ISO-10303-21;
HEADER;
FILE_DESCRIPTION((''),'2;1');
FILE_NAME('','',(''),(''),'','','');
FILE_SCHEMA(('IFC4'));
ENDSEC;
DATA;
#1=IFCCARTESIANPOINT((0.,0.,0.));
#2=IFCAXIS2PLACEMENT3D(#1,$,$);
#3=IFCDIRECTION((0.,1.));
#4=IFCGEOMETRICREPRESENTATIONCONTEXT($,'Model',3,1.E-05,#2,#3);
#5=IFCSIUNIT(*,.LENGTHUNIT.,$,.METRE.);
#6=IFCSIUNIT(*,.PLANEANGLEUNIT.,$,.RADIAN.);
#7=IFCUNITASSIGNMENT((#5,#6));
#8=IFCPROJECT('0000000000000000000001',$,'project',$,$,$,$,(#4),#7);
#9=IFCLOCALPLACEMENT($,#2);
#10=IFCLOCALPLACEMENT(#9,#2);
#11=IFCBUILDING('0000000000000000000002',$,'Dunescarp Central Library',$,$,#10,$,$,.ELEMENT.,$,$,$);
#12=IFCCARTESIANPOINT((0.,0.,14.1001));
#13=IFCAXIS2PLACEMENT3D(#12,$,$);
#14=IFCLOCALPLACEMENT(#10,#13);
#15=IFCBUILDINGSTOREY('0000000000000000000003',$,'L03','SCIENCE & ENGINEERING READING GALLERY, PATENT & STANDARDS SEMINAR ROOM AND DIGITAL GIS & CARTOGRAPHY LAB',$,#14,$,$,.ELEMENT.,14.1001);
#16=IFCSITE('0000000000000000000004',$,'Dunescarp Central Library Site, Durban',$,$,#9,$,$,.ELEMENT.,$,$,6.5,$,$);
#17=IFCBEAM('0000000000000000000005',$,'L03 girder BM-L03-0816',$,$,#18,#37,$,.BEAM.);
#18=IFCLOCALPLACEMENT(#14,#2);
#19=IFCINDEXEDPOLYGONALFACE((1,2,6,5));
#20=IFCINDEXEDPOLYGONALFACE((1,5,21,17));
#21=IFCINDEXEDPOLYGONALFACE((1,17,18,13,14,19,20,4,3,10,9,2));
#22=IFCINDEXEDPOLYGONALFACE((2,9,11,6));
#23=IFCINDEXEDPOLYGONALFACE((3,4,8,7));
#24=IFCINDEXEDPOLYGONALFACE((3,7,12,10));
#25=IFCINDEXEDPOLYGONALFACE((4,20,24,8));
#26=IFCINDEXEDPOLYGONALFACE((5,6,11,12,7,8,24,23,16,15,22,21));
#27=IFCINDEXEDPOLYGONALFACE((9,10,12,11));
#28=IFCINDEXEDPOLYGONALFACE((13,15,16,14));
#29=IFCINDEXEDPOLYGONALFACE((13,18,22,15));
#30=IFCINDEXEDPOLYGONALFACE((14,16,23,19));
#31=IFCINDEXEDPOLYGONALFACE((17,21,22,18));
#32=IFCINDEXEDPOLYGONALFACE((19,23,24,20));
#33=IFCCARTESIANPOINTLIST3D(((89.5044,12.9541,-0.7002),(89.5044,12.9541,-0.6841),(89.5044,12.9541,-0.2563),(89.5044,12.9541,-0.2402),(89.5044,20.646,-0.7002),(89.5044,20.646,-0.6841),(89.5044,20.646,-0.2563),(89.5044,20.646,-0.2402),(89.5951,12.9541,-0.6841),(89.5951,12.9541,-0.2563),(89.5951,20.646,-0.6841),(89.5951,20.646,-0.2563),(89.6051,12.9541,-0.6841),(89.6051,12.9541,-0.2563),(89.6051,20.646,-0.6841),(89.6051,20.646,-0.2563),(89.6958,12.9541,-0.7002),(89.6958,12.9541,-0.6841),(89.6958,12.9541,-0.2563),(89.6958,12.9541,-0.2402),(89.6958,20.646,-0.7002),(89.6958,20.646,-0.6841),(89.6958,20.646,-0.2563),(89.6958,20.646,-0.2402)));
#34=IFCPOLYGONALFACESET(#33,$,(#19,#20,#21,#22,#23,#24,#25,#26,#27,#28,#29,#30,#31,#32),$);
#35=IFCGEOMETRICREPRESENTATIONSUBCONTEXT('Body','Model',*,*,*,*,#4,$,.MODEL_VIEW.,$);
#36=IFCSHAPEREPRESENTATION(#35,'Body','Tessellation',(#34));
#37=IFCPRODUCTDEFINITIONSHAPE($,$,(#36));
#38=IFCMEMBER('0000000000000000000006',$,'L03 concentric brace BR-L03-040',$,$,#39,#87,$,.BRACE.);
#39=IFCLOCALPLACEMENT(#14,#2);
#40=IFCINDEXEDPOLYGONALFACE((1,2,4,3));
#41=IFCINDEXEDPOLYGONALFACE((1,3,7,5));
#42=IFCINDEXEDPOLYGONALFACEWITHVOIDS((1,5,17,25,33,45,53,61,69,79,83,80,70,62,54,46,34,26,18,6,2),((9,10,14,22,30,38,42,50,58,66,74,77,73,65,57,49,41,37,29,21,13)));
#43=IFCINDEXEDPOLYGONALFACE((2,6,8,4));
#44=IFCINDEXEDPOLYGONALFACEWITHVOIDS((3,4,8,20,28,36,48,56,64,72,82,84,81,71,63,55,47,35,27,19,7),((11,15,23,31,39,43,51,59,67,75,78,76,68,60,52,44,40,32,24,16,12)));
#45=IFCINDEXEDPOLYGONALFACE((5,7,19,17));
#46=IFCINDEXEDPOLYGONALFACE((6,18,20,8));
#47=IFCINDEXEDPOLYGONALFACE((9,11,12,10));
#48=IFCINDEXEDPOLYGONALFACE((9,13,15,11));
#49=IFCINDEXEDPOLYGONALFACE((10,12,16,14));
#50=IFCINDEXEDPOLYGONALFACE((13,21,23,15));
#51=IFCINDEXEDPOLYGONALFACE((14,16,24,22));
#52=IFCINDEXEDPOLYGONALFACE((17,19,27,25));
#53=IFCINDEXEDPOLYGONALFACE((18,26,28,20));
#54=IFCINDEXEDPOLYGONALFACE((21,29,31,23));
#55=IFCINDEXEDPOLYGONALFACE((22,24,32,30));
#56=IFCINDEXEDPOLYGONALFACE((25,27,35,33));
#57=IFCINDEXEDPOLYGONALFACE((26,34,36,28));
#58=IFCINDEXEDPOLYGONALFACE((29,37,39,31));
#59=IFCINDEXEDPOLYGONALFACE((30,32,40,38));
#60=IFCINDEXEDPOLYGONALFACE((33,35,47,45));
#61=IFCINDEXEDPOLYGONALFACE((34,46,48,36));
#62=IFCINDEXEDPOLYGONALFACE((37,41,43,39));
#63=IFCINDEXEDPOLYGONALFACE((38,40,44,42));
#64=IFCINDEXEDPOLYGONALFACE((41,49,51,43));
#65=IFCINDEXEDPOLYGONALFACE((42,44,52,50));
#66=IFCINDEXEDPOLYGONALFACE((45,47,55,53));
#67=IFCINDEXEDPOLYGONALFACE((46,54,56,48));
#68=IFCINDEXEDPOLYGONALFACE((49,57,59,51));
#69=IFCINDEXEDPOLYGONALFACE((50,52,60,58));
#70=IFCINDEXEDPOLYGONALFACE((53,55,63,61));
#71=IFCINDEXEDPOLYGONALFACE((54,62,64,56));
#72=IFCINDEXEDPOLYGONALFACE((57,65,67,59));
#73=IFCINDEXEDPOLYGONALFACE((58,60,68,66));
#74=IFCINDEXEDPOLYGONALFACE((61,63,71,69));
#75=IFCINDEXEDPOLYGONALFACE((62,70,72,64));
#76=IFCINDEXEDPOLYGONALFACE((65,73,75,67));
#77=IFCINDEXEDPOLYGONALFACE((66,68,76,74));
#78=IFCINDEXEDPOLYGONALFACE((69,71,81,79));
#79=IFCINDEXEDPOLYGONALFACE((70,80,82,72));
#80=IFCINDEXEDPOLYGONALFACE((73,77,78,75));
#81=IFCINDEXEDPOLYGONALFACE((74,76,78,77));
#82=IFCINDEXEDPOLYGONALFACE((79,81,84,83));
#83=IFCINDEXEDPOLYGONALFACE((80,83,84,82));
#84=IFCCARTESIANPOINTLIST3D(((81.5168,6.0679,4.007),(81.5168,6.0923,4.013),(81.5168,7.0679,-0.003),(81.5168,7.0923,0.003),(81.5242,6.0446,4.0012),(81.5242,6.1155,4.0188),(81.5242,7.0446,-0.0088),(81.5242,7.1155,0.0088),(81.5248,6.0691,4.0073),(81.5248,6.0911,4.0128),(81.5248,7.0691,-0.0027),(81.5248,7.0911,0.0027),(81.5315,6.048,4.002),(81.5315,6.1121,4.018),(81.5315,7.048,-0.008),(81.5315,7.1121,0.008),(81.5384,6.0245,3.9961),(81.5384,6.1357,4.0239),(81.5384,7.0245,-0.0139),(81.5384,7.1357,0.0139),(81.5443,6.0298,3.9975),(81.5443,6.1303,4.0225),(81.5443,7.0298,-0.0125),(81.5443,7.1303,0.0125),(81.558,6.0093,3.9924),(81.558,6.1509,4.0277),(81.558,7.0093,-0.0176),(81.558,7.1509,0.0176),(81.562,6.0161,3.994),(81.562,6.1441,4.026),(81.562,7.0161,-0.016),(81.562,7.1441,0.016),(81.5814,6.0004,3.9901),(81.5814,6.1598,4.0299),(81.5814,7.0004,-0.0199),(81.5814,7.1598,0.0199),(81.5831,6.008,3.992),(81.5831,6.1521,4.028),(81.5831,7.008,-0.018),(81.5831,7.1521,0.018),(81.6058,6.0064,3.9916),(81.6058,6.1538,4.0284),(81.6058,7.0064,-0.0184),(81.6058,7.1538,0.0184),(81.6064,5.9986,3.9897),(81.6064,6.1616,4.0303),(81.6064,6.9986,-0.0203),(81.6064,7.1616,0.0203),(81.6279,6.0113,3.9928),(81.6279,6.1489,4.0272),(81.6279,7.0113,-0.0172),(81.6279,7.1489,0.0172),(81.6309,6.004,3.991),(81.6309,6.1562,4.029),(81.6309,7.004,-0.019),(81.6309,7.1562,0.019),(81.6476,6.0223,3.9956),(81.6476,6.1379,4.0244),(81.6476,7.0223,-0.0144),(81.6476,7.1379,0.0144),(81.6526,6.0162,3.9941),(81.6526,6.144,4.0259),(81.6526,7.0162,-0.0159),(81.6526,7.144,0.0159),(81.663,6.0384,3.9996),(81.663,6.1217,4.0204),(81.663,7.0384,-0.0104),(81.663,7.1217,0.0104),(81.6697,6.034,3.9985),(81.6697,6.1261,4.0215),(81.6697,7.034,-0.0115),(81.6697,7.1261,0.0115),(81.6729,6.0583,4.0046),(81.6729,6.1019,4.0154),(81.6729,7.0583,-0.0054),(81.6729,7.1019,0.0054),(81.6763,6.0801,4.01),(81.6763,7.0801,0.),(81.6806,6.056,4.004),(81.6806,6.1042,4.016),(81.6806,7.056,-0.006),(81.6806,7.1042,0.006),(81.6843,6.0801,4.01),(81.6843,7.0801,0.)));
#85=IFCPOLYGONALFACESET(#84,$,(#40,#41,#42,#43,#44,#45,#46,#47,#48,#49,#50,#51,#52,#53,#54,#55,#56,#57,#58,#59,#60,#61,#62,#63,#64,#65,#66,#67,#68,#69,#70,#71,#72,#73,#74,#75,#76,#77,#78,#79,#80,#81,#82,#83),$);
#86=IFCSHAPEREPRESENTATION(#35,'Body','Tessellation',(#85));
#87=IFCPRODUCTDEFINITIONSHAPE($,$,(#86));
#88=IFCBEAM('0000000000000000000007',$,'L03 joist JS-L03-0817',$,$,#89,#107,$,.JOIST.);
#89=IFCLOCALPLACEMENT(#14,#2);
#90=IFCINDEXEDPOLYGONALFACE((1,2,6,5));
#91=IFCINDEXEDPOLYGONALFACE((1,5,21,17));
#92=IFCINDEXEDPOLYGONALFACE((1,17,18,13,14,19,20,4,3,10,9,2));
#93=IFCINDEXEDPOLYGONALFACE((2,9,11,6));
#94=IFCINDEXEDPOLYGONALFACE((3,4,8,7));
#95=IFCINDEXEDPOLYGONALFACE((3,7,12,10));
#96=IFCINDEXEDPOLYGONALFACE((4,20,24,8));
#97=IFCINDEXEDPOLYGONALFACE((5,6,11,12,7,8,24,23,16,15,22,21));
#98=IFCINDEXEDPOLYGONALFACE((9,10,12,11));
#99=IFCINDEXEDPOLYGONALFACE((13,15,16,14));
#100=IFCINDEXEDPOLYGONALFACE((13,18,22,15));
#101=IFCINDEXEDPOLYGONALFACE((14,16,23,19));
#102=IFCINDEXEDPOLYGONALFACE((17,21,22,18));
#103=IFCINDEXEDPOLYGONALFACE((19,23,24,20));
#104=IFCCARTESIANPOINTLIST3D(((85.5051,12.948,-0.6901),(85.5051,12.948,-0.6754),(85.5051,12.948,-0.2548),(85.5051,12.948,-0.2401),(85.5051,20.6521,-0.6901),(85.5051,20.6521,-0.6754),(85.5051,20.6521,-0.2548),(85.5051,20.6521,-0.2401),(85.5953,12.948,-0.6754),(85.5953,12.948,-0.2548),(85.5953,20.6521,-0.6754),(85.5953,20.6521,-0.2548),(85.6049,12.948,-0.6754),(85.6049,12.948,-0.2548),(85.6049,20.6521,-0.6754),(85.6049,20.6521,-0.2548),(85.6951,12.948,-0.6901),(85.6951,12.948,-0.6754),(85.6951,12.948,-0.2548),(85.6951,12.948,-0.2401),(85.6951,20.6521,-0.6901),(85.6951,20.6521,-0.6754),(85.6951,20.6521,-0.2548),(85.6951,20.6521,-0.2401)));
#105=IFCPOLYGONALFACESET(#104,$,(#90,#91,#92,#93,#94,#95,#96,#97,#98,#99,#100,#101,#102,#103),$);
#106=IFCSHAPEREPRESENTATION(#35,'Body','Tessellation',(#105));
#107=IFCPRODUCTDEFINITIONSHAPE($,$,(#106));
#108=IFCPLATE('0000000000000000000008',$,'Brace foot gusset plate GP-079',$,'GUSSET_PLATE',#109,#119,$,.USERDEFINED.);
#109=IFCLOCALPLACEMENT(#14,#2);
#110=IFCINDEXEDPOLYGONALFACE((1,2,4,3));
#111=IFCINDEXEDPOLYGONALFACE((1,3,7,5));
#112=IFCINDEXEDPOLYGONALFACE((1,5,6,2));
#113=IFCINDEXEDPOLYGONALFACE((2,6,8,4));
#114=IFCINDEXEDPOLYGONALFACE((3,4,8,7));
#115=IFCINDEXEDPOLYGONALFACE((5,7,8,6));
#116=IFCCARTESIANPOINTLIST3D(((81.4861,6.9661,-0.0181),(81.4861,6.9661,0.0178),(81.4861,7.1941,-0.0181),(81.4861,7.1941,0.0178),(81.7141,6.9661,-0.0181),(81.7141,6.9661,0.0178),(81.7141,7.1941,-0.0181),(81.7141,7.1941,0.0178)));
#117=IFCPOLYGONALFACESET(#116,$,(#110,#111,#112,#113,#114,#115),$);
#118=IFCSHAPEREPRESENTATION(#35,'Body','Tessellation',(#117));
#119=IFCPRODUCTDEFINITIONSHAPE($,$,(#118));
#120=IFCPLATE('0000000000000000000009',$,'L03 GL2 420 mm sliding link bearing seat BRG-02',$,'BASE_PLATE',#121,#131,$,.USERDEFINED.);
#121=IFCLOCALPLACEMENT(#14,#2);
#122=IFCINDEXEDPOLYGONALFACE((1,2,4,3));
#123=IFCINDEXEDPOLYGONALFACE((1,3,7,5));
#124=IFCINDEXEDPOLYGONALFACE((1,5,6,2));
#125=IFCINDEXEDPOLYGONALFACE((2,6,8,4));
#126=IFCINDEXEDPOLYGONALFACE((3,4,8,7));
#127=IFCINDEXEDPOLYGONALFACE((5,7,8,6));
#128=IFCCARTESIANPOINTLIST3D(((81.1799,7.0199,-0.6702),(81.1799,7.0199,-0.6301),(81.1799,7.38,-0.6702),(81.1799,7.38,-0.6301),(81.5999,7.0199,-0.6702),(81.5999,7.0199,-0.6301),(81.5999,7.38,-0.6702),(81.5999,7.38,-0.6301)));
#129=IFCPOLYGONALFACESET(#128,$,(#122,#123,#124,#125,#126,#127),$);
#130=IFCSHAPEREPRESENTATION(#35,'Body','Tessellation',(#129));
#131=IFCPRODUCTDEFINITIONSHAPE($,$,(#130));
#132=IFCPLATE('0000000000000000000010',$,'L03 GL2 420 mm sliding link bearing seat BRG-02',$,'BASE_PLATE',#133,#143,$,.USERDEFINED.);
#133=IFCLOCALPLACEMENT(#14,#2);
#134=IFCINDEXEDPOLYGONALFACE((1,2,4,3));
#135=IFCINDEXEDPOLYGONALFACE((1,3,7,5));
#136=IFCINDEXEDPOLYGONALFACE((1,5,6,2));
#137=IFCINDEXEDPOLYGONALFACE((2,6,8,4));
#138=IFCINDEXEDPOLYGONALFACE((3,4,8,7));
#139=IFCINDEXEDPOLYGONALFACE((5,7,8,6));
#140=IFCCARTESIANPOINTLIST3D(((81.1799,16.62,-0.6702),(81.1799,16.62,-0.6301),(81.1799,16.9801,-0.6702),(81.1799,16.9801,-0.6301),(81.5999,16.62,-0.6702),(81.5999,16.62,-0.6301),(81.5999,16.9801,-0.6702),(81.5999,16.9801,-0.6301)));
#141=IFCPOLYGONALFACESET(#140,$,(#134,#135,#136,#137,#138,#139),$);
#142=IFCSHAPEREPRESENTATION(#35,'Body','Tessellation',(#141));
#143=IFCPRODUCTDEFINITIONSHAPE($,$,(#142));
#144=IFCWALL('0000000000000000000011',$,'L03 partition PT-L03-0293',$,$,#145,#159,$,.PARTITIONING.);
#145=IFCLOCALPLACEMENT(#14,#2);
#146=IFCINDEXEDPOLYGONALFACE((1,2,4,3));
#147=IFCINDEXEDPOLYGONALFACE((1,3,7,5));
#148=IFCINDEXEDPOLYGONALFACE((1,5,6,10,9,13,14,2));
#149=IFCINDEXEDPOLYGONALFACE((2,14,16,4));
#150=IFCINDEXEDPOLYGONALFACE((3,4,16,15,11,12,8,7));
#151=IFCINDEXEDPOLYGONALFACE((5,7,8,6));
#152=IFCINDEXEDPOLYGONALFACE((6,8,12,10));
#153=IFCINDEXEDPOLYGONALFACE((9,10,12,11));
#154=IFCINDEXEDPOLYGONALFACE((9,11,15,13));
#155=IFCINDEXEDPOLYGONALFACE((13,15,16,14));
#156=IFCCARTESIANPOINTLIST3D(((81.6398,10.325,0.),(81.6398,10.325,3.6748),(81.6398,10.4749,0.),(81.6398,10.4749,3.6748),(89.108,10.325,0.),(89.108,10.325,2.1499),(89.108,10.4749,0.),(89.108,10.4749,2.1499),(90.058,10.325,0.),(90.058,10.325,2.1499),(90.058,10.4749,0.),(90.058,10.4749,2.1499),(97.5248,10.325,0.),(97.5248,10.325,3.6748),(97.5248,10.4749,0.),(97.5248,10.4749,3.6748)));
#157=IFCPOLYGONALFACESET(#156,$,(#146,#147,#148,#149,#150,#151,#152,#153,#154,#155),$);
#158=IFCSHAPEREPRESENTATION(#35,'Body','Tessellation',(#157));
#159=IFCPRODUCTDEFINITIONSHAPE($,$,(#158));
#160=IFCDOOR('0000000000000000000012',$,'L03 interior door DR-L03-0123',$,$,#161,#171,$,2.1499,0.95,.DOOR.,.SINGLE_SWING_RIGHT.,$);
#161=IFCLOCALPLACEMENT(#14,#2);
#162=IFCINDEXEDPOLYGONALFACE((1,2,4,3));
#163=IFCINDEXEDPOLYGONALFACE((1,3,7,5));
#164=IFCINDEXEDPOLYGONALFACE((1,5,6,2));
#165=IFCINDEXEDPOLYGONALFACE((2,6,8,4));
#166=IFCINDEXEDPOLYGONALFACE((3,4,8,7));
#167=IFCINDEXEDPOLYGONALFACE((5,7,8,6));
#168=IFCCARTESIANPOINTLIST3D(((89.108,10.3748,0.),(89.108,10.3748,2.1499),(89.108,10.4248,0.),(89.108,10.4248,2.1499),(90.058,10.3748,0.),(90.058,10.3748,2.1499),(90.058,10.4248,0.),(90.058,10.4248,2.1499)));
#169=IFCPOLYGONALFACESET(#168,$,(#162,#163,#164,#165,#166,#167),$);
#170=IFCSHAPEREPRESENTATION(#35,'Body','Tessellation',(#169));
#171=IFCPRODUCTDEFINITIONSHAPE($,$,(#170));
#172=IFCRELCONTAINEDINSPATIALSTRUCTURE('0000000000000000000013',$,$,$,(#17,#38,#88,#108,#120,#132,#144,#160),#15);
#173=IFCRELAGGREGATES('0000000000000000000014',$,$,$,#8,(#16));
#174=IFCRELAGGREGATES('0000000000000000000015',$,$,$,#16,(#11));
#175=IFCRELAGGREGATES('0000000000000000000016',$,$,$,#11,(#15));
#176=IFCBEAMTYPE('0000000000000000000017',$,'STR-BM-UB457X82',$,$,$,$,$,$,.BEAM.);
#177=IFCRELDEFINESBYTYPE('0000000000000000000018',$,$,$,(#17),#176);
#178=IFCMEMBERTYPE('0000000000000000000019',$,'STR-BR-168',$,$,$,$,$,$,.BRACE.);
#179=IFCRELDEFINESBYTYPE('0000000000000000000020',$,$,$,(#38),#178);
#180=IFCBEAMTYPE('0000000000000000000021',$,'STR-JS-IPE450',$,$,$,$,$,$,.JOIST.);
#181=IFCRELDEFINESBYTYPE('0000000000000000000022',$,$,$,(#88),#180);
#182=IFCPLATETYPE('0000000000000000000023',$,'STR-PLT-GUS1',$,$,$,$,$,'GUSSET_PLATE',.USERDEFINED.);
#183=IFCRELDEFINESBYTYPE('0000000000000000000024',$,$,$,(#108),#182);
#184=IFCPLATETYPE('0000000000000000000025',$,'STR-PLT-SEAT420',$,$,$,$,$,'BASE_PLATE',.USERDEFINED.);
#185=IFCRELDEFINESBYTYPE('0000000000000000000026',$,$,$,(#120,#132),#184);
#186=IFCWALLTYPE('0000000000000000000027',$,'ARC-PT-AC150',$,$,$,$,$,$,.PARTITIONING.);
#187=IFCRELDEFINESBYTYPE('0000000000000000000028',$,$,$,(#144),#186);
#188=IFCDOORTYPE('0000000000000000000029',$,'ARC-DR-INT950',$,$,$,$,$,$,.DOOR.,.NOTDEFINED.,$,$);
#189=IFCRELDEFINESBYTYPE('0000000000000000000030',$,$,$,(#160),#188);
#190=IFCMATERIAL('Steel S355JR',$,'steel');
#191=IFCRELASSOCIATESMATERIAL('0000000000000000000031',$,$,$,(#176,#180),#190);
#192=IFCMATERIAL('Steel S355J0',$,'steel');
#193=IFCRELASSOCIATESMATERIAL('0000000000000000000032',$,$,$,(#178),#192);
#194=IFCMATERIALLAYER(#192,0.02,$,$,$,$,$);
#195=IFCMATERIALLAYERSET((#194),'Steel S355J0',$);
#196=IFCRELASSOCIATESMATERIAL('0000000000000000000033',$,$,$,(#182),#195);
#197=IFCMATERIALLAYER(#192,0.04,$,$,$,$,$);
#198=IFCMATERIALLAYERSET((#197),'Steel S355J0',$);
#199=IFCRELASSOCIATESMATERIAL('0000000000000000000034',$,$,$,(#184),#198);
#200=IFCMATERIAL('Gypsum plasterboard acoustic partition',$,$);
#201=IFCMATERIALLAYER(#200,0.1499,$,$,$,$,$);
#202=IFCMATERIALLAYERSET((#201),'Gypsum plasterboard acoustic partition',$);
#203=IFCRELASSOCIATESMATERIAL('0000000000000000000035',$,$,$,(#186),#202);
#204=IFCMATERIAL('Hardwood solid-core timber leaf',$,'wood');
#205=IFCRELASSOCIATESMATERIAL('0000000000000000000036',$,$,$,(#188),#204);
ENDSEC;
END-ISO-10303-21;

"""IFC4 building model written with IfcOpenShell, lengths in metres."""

from ifc_helpers import new_model, si_unit, direction, frame, frame_2d, origin, origin_2d, place, context, subcontext, project, spatial, rectangle, hollow_circle, i_section, extrude, material, layer, layer_set, material_profile, profile_set, type_object, element, fill, save


model = new_model("IFC4")

# Units and contexts
model_context = context("Model", 3, precision=1e-05, world=origin(), true_north=direction((0.0, 1.0)))
body_context = subcontext(model_context, "Body", "Model", "MODEL_VIEW")
ifc_project = project(units=[si_unit("LENGTHUNIT", "METRE"), si_unit("PLANEANGLEUNIT", "RADIAN")], contexts=[model_context])

# Site, building, storey
site_placement = place(None, origin())
site = spatial("IfcSite", under=ifc_project, at=site_placement, Name="Dunescarp Central Library Site, Durban", CompositionType="ELEMENT", RefElevation=6.5)
building_placement = place(site_placement, origin())
building = spatial("IfcBuilding", under=site, at=building_placement, Name="Dunescarp Central Library", CompositionType="ELEMENT")
storey_placement = place(building_placement, frame((0.0, 0.0, 14.1001)))
storey = spatial("IfcBuildingStorey", under=building, at=storey_placement, Name="L03", Description="SCIENCE & ENGINEERING READING GALLERY, PATENT & STANDARDS SEMINAR ROOM AND DIGITAL GIS & CARTOGRAPHY LAB", CompositionType="ELEMENT", Elevation=14.1001)

# Shared definitions
ifc_material_1 = material(Name="Steel S355JR", Category="steel")

# Beam
ifc_material_profile_1 = material_profile(ifc_material_1, i_section(OverallWidth=0.1914, OverallDepth=0.46, WebThickness=0.01, FlangeThickness=0.0161, at=origin_2d()), Name="UB 457x191x82")
ifc_profile_set_1 = profile_set([ifc_material_profile_1], Name="Steel S355JR")
beam_type_1 = type_object("IfcBeamType", Name="STR-BM-UB457X82", PredefinedType="BEAM", material=ifc_profile_set_1)
for number, where, z_axis, x_axis, name in (
    (1, (89.6001, 12.9541, -0.4702), (0.0, 1.0, 0.0), (-1.0, 0.0, 0.0), "L03 girder BM-L03-0816"),
):
    element("IfcBeam", number, at=place(storey_placement, frame(where, z_axis=z_axis, x_axis=x_axis)), inside=storey, type_object=beam_type_1, Name=name, PredefinedType="BEAM", context=body_context, shape_type="SweptSolid", body=[
        extrude(i_section(OverallWidth=0.1914, OverallDepth=0.46, WebThickness=0.01, FlangeThickness=0.0161, at=origin_2d()), origin(), (0.0, 0.0, 1.0), 7.6919),
    ])

# Member
ifc_material_2 = material(Name="Steel S355J0", Category="steel")
ifc_material_profile_2 = material_profile(ifc_material_2, hollow_circle(Radius=0.0842, WallThickness=0.0081, at=origin_2d()), Name="CHS 168.3x8")
ifc_profile_set_2 = profile_set([ifc_material_profile_2], Name="Steel S355J0")
member_type_1 = type_object("IfcMemberType", Name="STR-BR-168", PredefinedType="BRACE", material=ifc_profile_set_2)
member_1_placement = place(storey_placement, frame((81.6001, 7.0801, 0.0), z_axis=(0.0, -0.241966, 0.970285), x_axis=(1.0, 0.0, 0.0)))
element("IfcMember", 2, at=member_1_placement, inside=storey, type_object=member_type_1, Name="L03 concentric brace BR-L03-040", PredefinedType="BRACE", context=body_context, shape_type="SweptSolid", body=[
    extrude(hollow_circle(Radius=0.0842, WallThickness=0.0081, at=origin_2d()), origin(), (0.0, 0.0, 1.0), 4.1328),
])

# Beam
ifc_material_profile_3 = material_profile(ifc_material_1, i_section(OverallWidth=0.1899, OverallDepth=0.45, WebThickness=0.0095, FlangeThickness=0.0146, at=origin_2d()), Name="IPE 450")
ifc_profile_set_3 = profile_set([ifc_material_profile_3], Name="Steel S355JR")
beam_type_2 = type_object("IfcBeamType", Name="STR-JS-IPE450", PredefinedType="JOIST", material=ifc_profile_set_3)
beam_placement = place(storey_placement, frame((85.6001, 12.948, -0.4651), z_axis=(0.0, 1.0, 0.0), x_axis=(-1.0, 0.0, 0.0)))
element("IfcBeam", 3, at=beam_placement, inside=storey, type_object=beam_type_2, Name="L03 joist JS-L03-0817", PredefinedType="JOIST", context=body_context, shape_type="SweptSolid", body=[
    extrude(i_section(OverallWidth=0.1899, OverallDepth=0.45, WebThickness=0.0095, FlangeThickness=0.0146, at=origin_2d()), origin(), (0.0, 0.0, 1.0), 7.7041),
])

# Plates
ifc_layer_1 = layer(ifc_material_2, 0.02)
ifc_layer_set_1 = layer_set([ifc_layer_1], Name="Steel S355J0")
plate_type_1 = type_object("IfcPlateType", Name="STR-PLT-GUS1", ElementType="GUSSET_PLATE", PredefinedType="USERDEFINED", material=ifc_layer_set_1)
plate_placement = place(storey_placement, frame((81.6001, 7.0801, -0.0181), z_axis=(0.0, 0.0, 1.0), x_axis=(1.0, 0.0, 0.0)))
element("IfcPlate", 4, at=plate_placement, inside=storey, type_object=plate_type_1, Name="Brace foot gusset plate GP-079", ObjectType="GUSSET_PLATE", PredefinedType="USERDEFINED", context=body_context, shape_type="SweptSolid", body=[
    extrude(rectangle(XDim=0.228, YDim=0.228, at=origin_2d()), origin(), (0.0, 0.0, 1.0), 0.0359),
])
ifc_layer_2 = layer(ifc_material_2, 0.04)
ifc_layer_set_2 = layer_set([ifc_layer_2], Name="Steel S355J0")
plate_type_2 = type_object("IfcPlateType", Name="STR-PLT-SEAT420", ElementType="BASE_PLATE", PredefinedType="USERDEFINED", material=ifc_layer_set_2)
for number, where, z_axis, x_axis, name in (
    (5, (81.3899, 7.2, -0.6702), (0.0, 0.0, 1.0), (1.0, 0.0, 0.0), "L03 GL2 420 mm sliding link bearing seat BRG-02"),
    (6, (81.3899, 16.8, -0.6702), (0.0, 0.0, 1.0), (1.0, 0.0, 0.0), "L03 GL2 420 mm sliding link bearing seat BRG-02"),
):
    element("IfcPlate", number, at=place(storey_placement, frame(where, z_axis=z_axis, x_axis=x_axis)), inside=storey, type_object=plate_type_2, Name=name, ObjectType="BASE_PLATE", PredefinedType="USERDEFINED", context=body_context, shape_type="SweptSolid", body=[
        extrude(rectangle(XDim=0.4199, YDim=0.3601, at=origin_2d()), origin(), (0.0, 0.0, 1.0), 0.04),
    ])

# Wall, opening, door
ifc_material_3 = material(Name="Gypsum plasterboard acoustic partition")
ifc_layer_3 = layer(ifc_material_3, 0.1499)
ifc_layer_set_3 = layer_set([ifc_layer_3], Name="Gypsum plasterboard acoustic partition")
wall_type_1 = type_object("IfcWallType", Name="ARC-PT-AC150", PredefinedType="PARTITIONING", material=ifc_layer_set_3)
wall_1_placement = place(storey_placement, frame((81.6399, 10.3999, 0.0), z_axis=(0.0, 0.0, 1.0), x_axis=(1.0, 0.0, 0.0)))
wall_1 = element("IfcWall", 7, at=wall_1_placement, inside=storey, type_object=wall_type_1, Name="L03 partition PT-L03-0293", PredefinedType="PARTITIONING", context=body_context, shape_type="SweptSolid", body=[
    extrude(rectangle(XDim=15.885, YDim=0.1499, at=frame_2d((7.9424, 0.0))), origin(), (0.0, 0.0, 1.0), 3.6748),
])
opening_1_placement = place(wall_1_placement, frame((7.468, 0.0, 0.0)))
opening_1 = element("IfcOpeningElement", 8, at=opening_1_placement, cuts=wall_1, PredefinedType="OPENING", context=body_context, shape_type="SweptSolid", body=[
    extrude(rectangle(XDim=0.95, YDim=2.1499, at=frame_2d((0.4751, 1.075))), frame((0.0, 0.085, 0.0), z_axis=(0.0, -1.0, 0.0), x_axis=(1.0, 0.0, 0.0)), (0.0, 0.0, 1.0), 0.1699),
])
ifc_material_4 = material(Name="Hardwood solid-core timber leaf", Category="wood")
door_type_1 = type_object("IfcDoorType", Name="ARC-DR-INT950", OperationType="NOTDEFINED", PredefinedType="DOOR", material=ifc_material_4)
door_1_placement = place(opening_1_placement, origin())
door_1 = element("IfcDoor", 9, at=door_1_placement, inside=storey, type_object=door_type_1, Name="L03 interior door DR-L03-0123", OperationType="SINGLE_SWING_RIGHT", OverallHeight=2.1499, OverallWidth=0.95, PredefinedType="DOOR", context=body_context, shape_type="SweptSolid", body=[
    extrude(rectangle(XDim=0.95, YDim=2.1499, at=frame_2d((0.4751, 1.075))), frame((0.0, 0.0249, 0.0), z_axis=(0.0, -1.0, 0.0), x_axis=(1.0, 0.0, 0.0)), (0.0, 0.0, 1.0), 0.05),
])
fill(opening_1, door_1)

save(model, "model.ifc")
